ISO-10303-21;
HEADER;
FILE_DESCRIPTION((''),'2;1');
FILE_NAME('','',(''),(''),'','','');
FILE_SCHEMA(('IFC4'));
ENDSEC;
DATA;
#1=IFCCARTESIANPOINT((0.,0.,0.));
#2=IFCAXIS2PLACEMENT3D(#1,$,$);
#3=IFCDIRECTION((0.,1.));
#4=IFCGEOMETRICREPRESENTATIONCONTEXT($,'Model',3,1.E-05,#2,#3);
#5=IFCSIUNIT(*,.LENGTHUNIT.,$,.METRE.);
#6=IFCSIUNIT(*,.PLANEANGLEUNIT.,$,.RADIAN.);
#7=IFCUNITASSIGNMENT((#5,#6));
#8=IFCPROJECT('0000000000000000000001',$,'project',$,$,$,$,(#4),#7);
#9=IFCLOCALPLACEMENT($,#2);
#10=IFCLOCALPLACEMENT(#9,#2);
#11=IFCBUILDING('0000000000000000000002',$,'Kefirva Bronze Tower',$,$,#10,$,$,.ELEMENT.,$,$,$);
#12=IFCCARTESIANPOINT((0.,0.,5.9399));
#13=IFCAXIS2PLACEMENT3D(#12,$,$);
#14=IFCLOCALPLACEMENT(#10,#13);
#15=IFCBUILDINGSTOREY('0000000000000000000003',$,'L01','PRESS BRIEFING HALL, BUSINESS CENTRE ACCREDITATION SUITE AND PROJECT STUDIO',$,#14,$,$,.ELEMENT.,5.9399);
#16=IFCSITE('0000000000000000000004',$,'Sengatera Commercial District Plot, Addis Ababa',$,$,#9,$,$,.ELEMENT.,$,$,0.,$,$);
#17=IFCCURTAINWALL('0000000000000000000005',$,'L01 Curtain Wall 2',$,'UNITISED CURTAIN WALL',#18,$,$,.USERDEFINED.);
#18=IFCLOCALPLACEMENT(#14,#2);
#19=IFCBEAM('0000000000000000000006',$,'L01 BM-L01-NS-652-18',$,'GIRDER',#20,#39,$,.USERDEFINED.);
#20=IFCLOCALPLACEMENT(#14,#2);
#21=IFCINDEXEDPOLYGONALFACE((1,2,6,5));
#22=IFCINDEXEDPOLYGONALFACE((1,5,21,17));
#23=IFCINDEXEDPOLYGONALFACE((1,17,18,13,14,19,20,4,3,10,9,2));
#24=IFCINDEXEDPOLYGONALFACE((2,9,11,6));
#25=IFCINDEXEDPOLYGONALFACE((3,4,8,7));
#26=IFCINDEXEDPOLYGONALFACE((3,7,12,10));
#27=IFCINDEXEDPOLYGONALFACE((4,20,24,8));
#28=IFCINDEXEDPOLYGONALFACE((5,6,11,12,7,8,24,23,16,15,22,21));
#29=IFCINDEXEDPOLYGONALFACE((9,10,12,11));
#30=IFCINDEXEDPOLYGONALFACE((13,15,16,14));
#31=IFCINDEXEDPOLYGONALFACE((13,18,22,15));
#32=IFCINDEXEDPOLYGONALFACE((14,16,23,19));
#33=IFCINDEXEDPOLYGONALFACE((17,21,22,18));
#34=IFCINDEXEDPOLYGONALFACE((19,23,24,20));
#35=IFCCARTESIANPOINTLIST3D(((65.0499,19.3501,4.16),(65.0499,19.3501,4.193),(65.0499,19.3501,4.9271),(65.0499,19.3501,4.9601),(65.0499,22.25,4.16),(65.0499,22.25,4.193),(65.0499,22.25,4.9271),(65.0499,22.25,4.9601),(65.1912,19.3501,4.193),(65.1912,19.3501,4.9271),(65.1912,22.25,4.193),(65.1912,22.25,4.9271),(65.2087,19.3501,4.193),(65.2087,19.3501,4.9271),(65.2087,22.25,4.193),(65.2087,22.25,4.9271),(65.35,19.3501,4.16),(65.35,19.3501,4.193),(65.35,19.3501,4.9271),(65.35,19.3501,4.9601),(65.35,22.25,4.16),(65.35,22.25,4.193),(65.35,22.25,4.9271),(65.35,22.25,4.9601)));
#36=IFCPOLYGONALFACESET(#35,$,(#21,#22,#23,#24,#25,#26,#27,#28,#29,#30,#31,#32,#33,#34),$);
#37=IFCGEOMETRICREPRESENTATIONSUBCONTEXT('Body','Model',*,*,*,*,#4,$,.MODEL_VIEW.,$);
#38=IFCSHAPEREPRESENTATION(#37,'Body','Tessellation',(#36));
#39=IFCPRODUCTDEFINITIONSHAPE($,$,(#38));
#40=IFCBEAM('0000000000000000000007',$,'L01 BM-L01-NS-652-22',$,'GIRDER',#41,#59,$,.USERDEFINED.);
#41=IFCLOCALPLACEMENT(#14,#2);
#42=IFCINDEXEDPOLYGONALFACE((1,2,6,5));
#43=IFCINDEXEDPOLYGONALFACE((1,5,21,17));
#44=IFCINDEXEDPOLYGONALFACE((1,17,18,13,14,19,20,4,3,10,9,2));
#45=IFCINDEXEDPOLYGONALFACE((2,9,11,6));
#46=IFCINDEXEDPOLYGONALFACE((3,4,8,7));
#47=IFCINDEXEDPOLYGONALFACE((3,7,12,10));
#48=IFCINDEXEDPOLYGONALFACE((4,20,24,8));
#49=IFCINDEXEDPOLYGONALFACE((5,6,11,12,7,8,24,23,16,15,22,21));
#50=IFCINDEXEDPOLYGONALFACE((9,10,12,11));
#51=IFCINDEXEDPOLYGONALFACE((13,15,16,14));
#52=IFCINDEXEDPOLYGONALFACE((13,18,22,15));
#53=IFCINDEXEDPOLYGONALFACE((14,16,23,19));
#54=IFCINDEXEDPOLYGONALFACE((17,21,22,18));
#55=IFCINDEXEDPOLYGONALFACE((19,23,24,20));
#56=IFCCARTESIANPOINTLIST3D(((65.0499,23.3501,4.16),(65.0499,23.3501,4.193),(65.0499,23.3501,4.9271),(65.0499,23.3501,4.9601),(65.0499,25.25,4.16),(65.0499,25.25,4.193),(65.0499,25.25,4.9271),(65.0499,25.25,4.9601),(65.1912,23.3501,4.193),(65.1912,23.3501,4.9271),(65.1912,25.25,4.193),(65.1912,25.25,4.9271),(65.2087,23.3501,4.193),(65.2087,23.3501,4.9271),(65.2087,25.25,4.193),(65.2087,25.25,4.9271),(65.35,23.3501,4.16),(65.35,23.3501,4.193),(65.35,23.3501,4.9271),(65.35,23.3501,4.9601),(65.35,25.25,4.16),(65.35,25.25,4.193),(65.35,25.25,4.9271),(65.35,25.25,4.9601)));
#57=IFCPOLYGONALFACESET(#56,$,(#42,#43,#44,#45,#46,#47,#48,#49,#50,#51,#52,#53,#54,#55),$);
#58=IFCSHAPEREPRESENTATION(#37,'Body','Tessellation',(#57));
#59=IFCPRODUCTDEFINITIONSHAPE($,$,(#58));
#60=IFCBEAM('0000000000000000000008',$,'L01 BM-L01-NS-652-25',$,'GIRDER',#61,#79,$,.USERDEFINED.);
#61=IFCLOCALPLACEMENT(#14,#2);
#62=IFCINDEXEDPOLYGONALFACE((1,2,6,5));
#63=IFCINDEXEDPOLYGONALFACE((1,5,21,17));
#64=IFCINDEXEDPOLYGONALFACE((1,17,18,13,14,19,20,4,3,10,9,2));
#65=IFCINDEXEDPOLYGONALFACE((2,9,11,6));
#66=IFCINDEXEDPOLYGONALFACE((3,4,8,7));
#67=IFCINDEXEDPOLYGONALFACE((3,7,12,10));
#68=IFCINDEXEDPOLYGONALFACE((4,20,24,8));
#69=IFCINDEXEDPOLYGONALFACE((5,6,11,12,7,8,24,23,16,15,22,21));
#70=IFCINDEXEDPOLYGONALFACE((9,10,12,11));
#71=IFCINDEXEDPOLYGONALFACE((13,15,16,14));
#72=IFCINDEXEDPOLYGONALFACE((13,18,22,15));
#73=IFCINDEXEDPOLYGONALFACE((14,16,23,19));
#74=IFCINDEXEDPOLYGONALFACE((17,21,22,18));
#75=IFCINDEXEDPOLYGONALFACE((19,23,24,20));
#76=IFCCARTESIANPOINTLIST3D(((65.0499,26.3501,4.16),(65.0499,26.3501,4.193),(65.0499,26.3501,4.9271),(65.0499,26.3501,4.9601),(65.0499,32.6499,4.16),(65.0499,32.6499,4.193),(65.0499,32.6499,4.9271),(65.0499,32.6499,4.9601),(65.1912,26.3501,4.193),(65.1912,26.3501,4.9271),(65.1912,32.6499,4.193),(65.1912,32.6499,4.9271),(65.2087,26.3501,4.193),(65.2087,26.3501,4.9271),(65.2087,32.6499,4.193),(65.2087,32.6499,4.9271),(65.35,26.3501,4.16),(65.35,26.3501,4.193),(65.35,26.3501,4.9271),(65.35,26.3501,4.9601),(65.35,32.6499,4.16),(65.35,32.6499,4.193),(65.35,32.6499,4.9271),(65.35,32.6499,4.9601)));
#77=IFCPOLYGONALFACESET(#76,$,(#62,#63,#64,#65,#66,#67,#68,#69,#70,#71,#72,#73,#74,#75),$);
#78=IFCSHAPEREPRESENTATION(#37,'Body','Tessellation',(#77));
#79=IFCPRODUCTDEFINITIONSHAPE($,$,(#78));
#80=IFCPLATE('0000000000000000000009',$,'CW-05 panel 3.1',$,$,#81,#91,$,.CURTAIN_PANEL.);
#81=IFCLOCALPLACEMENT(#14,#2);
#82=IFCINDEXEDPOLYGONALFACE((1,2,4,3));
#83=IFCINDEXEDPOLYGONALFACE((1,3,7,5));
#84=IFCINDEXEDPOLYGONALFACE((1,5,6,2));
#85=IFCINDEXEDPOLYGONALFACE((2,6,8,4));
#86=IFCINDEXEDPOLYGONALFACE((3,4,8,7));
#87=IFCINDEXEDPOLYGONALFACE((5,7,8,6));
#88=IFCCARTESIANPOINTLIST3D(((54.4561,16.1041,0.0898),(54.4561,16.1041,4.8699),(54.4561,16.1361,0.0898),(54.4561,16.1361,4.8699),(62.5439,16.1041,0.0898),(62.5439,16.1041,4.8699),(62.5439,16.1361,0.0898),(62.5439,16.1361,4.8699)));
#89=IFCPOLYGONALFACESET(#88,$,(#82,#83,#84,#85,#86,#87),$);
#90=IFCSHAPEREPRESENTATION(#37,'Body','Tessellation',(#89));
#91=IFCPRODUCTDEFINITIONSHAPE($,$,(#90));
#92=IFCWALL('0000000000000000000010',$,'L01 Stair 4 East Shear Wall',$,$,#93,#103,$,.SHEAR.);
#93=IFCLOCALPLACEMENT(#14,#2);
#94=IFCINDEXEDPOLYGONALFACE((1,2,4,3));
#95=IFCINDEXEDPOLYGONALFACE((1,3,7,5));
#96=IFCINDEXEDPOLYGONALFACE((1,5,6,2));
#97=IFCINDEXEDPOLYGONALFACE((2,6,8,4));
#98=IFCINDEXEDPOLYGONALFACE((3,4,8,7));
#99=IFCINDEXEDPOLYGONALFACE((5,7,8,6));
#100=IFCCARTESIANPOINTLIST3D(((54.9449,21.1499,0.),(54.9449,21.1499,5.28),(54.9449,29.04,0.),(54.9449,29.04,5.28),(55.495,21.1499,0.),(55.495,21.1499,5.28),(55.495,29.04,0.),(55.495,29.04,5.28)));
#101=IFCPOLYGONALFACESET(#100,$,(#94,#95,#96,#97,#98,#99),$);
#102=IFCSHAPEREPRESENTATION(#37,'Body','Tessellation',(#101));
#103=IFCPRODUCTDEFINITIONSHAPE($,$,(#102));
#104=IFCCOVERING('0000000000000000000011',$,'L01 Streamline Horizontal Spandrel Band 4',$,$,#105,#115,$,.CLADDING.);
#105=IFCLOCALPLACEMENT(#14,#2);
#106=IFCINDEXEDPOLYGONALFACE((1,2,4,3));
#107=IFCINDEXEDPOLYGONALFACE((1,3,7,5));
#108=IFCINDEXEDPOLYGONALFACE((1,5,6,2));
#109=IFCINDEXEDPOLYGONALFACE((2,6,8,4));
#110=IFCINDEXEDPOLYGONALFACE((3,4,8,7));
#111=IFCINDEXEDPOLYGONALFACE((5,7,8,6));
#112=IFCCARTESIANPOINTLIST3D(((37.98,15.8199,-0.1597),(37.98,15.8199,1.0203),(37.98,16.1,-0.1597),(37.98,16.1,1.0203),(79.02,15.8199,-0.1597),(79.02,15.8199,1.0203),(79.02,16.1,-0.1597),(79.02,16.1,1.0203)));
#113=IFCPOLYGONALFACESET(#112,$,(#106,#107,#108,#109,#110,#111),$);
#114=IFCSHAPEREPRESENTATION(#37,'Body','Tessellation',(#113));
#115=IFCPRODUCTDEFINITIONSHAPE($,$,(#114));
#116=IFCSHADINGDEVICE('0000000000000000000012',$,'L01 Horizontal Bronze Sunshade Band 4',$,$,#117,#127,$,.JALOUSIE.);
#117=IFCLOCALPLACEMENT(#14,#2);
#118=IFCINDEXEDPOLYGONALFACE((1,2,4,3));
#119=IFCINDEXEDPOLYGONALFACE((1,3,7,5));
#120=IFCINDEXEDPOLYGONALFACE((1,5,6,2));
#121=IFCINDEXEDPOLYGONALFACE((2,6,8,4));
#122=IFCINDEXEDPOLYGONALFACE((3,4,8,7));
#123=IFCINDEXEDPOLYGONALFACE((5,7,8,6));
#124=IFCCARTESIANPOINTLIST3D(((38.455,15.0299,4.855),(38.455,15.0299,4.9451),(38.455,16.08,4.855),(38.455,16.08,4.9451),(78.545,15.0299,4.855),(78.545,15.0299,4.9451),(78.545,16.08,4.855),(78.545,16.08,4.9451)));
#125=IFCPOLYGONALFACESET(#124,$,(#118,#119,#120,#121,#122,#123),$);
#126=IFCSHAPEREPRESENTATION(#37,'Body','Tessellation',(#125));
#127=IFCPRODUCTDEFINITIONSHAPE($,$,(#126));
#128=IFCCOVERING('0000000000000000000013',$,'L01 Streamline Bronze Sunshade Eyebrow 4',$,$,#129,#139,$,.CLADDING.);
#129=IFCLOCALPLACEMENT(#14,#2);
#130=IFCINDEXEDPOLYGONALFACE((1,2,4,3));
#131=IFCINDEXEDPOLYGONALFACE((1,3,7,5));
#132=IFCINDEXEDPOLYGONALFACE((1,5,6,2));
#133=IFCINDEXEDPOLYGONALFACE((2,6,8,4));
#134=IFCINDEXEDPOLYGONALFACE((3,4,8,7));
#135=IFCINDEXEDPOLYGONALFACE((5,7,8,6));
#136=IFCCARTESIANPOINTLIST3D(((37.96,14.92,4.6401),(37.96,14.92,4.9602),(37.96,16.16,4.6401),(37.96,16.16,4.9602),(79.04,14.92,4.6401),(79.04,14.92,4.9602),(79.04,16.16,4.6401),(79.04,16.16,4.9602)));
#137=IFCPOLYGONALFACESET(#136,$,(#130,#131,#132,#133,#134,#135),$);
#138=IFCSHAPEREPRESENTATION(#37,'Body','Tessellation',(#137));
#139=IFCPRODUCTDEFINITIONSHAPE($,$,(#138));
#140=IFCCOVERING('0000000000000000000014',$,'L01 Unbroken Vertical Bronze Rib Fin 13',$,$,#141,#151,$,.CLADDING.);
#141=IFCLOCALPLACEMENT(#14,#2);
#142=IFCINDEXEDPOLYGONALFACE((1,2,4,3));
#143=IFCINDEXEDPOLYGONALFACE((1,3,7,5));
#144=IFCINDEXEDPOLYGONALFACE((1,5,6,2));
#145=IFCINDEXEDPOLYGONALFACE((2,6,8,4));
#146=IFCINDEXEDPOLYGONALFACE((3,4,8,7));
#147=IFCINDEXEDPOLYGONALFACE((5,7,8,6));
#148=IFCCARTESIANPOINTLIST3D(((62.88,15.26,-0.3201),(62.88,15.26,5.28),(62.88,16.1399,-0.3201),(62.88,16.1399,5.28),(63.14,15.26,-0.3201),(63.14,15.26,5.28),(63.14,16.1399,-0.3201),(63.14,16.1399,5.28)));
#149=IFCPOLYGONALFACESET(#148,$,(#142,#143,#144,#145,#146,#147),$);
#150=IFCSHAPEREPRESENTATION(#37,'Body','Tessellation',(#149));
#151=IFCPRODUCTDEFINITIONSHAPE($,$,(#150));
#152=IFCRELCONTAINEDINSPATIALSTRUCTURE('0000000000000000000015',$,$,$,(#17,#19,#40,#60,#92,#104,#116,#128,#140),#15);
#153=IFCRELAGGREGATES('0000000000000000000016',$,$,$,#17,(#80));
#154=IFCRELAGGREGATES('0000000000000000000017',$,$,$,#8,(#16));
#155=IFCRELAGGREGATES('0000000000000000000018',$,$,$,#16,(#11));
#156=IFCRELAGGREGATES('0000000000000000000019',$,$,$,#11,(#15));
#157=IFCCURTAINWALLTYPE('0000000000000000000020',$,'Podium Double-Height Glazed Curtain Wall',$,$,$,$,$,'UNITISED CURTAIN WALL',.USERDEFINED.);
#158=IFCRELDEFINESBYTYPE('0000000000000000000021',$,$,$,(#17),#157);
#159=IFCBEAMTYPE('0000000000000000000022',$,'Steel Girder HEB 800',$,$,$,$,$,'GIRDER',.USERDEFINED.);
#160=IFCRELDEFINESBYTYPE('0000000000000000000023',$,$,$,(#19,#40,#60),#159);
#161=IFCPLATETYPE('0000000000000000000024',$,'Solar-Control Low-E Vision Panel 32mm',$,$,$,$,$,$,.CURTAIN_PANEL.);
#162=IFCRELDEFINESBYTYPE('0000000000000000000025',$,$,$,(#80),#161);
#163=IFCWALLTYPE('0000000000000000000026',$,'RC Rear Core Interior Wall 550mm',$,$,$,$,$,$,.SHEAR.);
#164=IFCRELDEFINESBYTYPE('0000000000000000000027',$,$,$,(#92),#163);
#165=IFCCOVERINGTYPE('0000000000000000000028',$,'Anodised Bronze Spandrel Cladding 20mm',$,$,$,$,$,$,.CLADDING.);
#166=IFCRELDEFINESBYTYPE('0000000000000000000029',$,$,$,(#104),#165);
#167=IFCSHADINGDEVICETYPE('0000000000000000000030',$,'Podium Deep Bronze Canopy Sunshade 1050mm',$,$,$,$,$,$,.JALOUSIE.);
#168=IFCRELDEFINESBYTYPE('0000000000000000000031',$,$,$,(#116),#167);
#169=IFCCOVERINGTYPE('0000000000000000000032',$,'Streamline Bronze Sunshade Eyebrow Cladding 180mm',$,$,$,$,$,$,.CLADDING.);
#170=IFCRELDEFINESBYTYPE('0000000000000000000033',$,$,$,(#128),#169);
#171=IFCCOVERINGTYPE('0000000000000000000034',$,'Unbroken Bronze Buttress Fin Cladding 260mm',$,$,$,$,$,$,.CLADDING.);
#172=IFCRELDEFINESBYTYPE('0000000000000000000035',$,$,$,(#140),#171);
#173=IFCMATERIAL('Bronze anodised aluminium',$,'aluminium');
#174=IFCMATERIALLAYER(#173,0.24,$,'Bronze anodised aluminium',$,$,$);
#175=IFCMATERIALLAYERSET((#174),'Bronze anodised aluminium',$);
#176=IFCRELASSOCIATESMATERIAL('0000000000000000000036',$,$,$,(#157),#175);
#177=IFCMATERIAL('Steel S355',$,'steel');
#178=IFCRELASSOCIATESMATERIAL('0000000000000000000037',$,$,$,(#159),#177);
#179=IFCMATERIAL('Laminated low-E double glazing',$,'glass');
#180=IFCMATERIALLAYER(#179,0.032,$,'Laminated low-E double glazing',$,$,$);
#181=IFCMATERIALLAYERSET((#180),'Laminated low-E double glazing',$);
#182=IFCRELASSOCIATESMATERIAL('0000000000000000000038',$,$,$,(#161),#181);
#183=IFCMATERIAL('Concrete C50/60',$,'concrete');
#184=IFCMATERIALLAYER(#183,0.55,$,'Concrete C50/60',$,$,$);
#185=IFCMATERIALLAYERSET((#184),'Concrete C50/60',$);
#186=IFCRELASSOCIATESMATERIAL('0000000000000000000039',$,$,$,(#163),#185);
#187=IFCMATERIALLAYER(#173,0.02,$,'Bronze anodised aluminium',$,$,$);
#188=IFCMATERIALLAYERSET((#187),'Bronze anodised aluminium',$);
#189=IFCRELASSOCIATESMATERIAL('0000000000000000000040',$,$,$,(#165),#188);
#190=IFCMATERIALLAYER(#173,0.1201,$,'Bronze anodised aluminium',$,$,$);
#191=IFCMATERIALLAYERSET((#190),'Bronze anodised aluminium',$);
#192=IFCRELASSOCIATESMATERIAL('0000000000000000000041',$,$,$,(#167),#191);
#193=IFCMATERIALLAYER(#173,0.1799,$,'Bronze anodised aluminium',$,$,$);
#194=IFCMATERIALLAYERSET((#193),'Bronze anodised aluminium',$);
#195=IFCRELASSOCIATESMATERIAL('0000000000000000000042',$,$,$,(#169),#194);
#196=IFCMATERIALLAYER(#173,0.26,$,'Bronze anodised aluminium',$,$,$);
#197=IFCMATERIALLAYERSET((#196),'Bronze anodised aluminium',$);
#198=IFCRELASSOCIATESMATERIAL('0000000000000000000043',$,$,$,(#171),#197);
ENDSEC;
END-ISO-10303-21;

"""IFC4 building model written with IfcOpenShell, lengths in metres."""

from ifc_helpers import new_model, si_unit, direction, frame, frame_2d, origin, origin_2d, place, context, subcontext, project, spatial, rectangle, i_section, extrude, material, layer, layer_set, material_profile, profile_set, type_object, element, aggregate, save


model = new_model("IFC4")

# Units and contexts
model_context = context("Model", 3, precision=1e-05, world=origin(), true_north=direction((0.0, 1.0)))
body_context = subcontext(model_context, "Body", "Model", "MODEL_VIEW")
ifc_project = project(units=[si_unit("LENGTHUNIT", "METRE"), si_unit("PLANEANGLEUNIT", "RADIAN")], contexts=[model_context])

# Site, building, storey
site_placement = place(None, origin())
site = spatial("IfcSite", under=ifc_project, at=site_placement, Name="Sengatera Commercial District Plot, Addis Ababa", CompositionType="ELEMENT", RefElevation=0.0)
building_placement = place(site_placement, origin())
building = spatial("IfcBuilding", under=site, at=building_placement, Name="Kefirva Bronze Tower", CompositionType="ELEMENT")
storey_placement = place(building_placement, frame((0.0, 0.0, 5.9399)))
storey = spatial("IfcBuildingStorey", under=building, at=storey_placement, Name="L01", Description="PRESS BRIEFING HALL, BUSINESS CENTRE ACCREDITATION SUITE AND PROJECT STUDIO", CompositionType="ELEMENT", Elevation=5.9399)

# Curtain wall
ifc_material_1 = material(Name="Bronze anodised aluminium", Category="aluminium")
ifc_layer_1 = layer(ifc_material_1, 0.24, Name="Bronze anodised aluminium")
ifc_layer_set_1 = layer_set([ifc_layer_1], Name="Bronze anodised aluminium")
curtain_wall_type = type_object("IfcCurtainWallType", Name="Podium Double-Height Glazed Curtain Wall", ElementType="UNITISED CURTAIN WALL", PredefinedType="USERDEFINED", material=ifc_layer_set_1)
curtain_wall_placement = place(storey_placement, origin())
curtain_wall = element("IfcCurtainWall", 1, at=curtain_wall_placement, inside=storey, type_object=curtain_wall_type, Name="L01 Curtain Wall 2", ObjectType="UNITISED CURTAIN WALL", PredefinedType="USERDEFINED")

# Beams
ifc_material_2 = material(Name="Steel S355", Category="steel")
ifc_material_profile_1 = material_profile(ifc_material_2, i_section(OverallWidth=0.3, OverallDepth=0.8, WebThickness=0.0176, FlangeThickness=0.033, at=origin_2d()), Name="HEB 800")
ifc_profile_set_1 = profile_set([ifc_material_profile_1], Name="Steel S355")
beam_type = type_object("IfcBeamType", Name="Steel Girder HEB 800", ElementType="GIRDER", PredefinedType="USERDEFINED", material=ifc_profile_set_1)
beam_1_placement = place(storey_placement, frame((65.2, 19.3501, 4.5601), z_axis=(0.0, 1.0, 0.0), x_axis=(-1.0, 0.0, 0.0)))
element("IfcBeam", 2, at=beam_1_placement, inside=storey, type_object=beam_type, Name="L01 BM-L01-NS-652-18", ObjectType="GIRDER", PredefinedType="USERDEFINED", context=body_context, shape_type="SweptSolid", body=[
    extrude(i_section(OverallWidth=0.3, OverallDepth=0.8, WebThickness=0.0176, FlangeThickness=0.033, at=origin_2d()), origin(), (0.0, 0.0, 1.0), 2.8999),
])
beam_2_placement = place(storey_placement, frame((65.2, 23.3501, 4.5601), z_axis=(0.0, 1.0, 0.0), x_axis=(-1.0, 0.0, 0.0)))
element("IfcBeam", 3, at=beam_2_placement, inside=storey, type_object=beam_type, Name="L01 BM-L01-NS-652-22", ObjectType="GIRDER", PredefinedType="USERDEFINED", context=body_context, shape_type="SweptSolid", body=[
    extrude(i_section(OverallWidth=0.3, OverallDepth=0.8, WebThickness=0.0176, FlangeThickness=0.033, at=origin_2d()), origin(), (0.0, 0.0, 1.0), 1.8999),
])
beam_3_placement = place(storey_placement, frame((65.2, 26.3501, 4.5601), z_axis=(0.0, 1.0, 0.0), x_axis=(-1.0, 0.0, 0.0)))
element("IfcBeam", 4, at=beam_3_placement, inside=storey, type_object=beam_type, Name="L01 BM-L01-NS-652-25", ObjectType="GIRDER", PredefinedType="USERDEFINED", context=body_context, shape_type="SweptSolid", body=[
    extrude(i_section(OverallWidth=0.3, OverallDepth=0.8, WebThickness=0.0176, FlangeThickness=0.033, at=origin_2d()), origin(), (0.0, 0.0, 1.0), 6.2998),
])

# Plate
ifc_material_3 = material(Name="Laminated low-E double glazing", Category="glass")
ifc_layer_2 = layer(ifc_material_3, 0.032, Name="Laminated low-E double glazing")
ifc_layer_set_2 = layer_set([ifc_layer_2], Name="Laminated low-E double glazing")
plate_type = type_object("IfcPlateType", Name="Solar-Control Low-E Vision Panel 32mm", PredefinedType="CURTAIN_PANEL", material=ifc_layer_set_2)
plate_placement = place(storey_placement, frame((58.5, 16.1201, 0.0898), z_axis=(0.0, 0.0, 1.0), x_axis=(1.0, 0.0, 0.0)))
plate = element("IfcPlate", 5, at=plate_placement, type_object=plate_type, Name="CW-05 panel 3.1", PredefinedType="CURTAIN_PANEL", context=body_context, shape_type="SweptSolid", body=[
    extrude(rectangle(XDim=8.0879, YDim=0.032, at=origin_2d()), origin(), (0.0, 0.0, 1.0), 4.78),
])
aggregate(curtain_wall, [plate])

# Wall
ifc_material_4 = material(Name="Concrete C50/60", Category="concrete")
ifc_layer_3 = layer(ifc_material_4, 0.55, Name="Concrete C50/60")
ifc_layer_set_3 = layer_set([ifc_layer_3], Name="Concrete C50/60")
wall_type = type_object("IfcWallType", Name="RC Rear Core Interior Wall 550mm", PredefinedType="SHEAR", material=ifc_layer_set_3)
wall_placement = place(storey_placement, frame((55.22, 21.1499, 0.0), z_axis=(0.0, 0.0, 1.0), x_axis=(0.0, 1.0, 0.0)))
element("IfcWall", 6, at=wall_placement, inside=storey, type_object=wall_type, Name="L01 Stair 4 East Shear Wall", PredefinedType="SHEAR", context=body_context, shape_type="SweptSolid", body=[
    extrude(rectangle(XDim=7.8901, YDim=0.55, at=frame_2d((3.9451, 0.0))), origin(), (0.0, 0.0, 1.0), 5.28),
])

# Covering
ifc_layer_4 = layer(ifc_material_1, 0.02, Name="Bronze anodised aluminium")
ifc_layer_set_4 = layer_set([ifc_layer_4], Name="Bronze anodised aluminium")
covering_type_1 = type_object("IfcCoveringType", Name="Anodised Bronze Spandrel Cladding 20mm", PredefinedType="CLADDING", material=ifc_layer_set_4)
covering_1_placement = place(storey_placement, frame((58.5, 15.96, -0.1597), z_axis=(0.0, 0.0, 1.0), x_axis=(1.0, 0.0, 0.0)))
element("IfcCovering", 7, at=covering_1_placement, inside=storey, type_object=covering_type_1, Name="L01 Streamline Horizontal Spandrel Band 4", PredefinedType="CLADDING", context=body_context, shape_type="SweptSolid", body=[
    extrude(rectangle(XDim=41.04, YDim=0.28, at=origin_2d()), origin(), (0.0, 0.0, 1.0), 1.1799),
])

# Shading device
ifc_layer_5 = layer(ifc_material_1, 0.1201, Name="Bronze anodised aluminium")
ifc_layer_set_5 = layer_set([ifc_layer_5], Name="Bronze anodised aluminium")
shading_device_type = type_object("IfcShadingDeviceType", Name="Podium Deep Bronze Canopy Sunshade 1050mm", PredefinedType="JALOUSIE", material=ifc_layer_set_5)
shading_device_placement = place(storey_placement, frame((58.5, 15.5549, 4.855), z_axis=(0.0, 0.0, 1.0), x_axis=(1.0, 0.0, 0.0)))
element("IfcShadingDevice", 8, at=shading_device_placement, inside=storey, type_object=shading_device_type, Name="L01 Horizontal Bronze Sunshade Band 4", PredefinedType="JALOUSIE", context=body_context, shape_type="SweptSolid", body=[
    extrude(rectangle(XDim=40.0901, YDim=1.05, at=origin_2d()), origin(), (0.0, 0.0, 1.0), 0.0901),
])

# Coverings
ifc_layer_6 = layer(ifc_material_1, 0.1799, Name="Bronze anodised aluminium")
ifc_layer_set_6 = layer_set([ifc_layer_6], Name="Bronze anodised aluminium")
covering_type_2 = type_object("IfcCoveringType", Name="Streamline Bronze Sunshade Eyebrow Cladding 180mm", PredefinedType="CLADDING", material=ifc_layer_set_6)
covering_2_placement = place(storey_placement, frame((58.5, 15.54, 4.6401), z_axis=(0.0, 0.0, 1.0), x_axis=(1.0, 0.0, 0.0)))
element("IfcCovering", 9, at=covering_2_placement, inside=storey, type_object=covering_type_2, Name="L01 Streamline Bronze Sunshade Eyebrow 4", PredefinedType="CLADDING", context=body_context, shape_type="SweptSolid", body=[
    extrude(rectangle(XDim=41.0801, YDim=1.24, at=origin_2d()), origin(), (0.0, 0.0, 1.0), 0.3201),
])
ifc_layer_7 = layer(ifc_material_1, 0.26, Name="Bronze anodised aluminium")
ifc_layer_set_7 = layer_set([ifc_layer_7], Name="Bronze anodised aluminium")
covering_type_3 = type_object("IfcCoveringType", Name="Unbroken Bronze Buttress Fin Cladding 260mm", PredefinedType="CLADDING", material=ifc_layer_set_7)
covering_3_placement = place(storey_placement, frame((63.01, 15.7, -0.3201), z_axis=(0.0, 0.0, 1.0), x_axis=(1.0, 0.0, 0.0)))
element("IfcCovering", 10, at=covering_3_placement, inside=storey, type_object=covering_type_3, Name="L01 Unbroken Vertical Bronze Rib Fin 13", PredefinedType="CLADDING", context=body_context, shape_type="SweptSolid", body=[
    extrude(rectangle(XDim=0.26, YDim=0.8799, at=origin_2d()), origin(), (0.0, 0.0, 1.0), 5.6001),
])

save(model, "model.ifc")
